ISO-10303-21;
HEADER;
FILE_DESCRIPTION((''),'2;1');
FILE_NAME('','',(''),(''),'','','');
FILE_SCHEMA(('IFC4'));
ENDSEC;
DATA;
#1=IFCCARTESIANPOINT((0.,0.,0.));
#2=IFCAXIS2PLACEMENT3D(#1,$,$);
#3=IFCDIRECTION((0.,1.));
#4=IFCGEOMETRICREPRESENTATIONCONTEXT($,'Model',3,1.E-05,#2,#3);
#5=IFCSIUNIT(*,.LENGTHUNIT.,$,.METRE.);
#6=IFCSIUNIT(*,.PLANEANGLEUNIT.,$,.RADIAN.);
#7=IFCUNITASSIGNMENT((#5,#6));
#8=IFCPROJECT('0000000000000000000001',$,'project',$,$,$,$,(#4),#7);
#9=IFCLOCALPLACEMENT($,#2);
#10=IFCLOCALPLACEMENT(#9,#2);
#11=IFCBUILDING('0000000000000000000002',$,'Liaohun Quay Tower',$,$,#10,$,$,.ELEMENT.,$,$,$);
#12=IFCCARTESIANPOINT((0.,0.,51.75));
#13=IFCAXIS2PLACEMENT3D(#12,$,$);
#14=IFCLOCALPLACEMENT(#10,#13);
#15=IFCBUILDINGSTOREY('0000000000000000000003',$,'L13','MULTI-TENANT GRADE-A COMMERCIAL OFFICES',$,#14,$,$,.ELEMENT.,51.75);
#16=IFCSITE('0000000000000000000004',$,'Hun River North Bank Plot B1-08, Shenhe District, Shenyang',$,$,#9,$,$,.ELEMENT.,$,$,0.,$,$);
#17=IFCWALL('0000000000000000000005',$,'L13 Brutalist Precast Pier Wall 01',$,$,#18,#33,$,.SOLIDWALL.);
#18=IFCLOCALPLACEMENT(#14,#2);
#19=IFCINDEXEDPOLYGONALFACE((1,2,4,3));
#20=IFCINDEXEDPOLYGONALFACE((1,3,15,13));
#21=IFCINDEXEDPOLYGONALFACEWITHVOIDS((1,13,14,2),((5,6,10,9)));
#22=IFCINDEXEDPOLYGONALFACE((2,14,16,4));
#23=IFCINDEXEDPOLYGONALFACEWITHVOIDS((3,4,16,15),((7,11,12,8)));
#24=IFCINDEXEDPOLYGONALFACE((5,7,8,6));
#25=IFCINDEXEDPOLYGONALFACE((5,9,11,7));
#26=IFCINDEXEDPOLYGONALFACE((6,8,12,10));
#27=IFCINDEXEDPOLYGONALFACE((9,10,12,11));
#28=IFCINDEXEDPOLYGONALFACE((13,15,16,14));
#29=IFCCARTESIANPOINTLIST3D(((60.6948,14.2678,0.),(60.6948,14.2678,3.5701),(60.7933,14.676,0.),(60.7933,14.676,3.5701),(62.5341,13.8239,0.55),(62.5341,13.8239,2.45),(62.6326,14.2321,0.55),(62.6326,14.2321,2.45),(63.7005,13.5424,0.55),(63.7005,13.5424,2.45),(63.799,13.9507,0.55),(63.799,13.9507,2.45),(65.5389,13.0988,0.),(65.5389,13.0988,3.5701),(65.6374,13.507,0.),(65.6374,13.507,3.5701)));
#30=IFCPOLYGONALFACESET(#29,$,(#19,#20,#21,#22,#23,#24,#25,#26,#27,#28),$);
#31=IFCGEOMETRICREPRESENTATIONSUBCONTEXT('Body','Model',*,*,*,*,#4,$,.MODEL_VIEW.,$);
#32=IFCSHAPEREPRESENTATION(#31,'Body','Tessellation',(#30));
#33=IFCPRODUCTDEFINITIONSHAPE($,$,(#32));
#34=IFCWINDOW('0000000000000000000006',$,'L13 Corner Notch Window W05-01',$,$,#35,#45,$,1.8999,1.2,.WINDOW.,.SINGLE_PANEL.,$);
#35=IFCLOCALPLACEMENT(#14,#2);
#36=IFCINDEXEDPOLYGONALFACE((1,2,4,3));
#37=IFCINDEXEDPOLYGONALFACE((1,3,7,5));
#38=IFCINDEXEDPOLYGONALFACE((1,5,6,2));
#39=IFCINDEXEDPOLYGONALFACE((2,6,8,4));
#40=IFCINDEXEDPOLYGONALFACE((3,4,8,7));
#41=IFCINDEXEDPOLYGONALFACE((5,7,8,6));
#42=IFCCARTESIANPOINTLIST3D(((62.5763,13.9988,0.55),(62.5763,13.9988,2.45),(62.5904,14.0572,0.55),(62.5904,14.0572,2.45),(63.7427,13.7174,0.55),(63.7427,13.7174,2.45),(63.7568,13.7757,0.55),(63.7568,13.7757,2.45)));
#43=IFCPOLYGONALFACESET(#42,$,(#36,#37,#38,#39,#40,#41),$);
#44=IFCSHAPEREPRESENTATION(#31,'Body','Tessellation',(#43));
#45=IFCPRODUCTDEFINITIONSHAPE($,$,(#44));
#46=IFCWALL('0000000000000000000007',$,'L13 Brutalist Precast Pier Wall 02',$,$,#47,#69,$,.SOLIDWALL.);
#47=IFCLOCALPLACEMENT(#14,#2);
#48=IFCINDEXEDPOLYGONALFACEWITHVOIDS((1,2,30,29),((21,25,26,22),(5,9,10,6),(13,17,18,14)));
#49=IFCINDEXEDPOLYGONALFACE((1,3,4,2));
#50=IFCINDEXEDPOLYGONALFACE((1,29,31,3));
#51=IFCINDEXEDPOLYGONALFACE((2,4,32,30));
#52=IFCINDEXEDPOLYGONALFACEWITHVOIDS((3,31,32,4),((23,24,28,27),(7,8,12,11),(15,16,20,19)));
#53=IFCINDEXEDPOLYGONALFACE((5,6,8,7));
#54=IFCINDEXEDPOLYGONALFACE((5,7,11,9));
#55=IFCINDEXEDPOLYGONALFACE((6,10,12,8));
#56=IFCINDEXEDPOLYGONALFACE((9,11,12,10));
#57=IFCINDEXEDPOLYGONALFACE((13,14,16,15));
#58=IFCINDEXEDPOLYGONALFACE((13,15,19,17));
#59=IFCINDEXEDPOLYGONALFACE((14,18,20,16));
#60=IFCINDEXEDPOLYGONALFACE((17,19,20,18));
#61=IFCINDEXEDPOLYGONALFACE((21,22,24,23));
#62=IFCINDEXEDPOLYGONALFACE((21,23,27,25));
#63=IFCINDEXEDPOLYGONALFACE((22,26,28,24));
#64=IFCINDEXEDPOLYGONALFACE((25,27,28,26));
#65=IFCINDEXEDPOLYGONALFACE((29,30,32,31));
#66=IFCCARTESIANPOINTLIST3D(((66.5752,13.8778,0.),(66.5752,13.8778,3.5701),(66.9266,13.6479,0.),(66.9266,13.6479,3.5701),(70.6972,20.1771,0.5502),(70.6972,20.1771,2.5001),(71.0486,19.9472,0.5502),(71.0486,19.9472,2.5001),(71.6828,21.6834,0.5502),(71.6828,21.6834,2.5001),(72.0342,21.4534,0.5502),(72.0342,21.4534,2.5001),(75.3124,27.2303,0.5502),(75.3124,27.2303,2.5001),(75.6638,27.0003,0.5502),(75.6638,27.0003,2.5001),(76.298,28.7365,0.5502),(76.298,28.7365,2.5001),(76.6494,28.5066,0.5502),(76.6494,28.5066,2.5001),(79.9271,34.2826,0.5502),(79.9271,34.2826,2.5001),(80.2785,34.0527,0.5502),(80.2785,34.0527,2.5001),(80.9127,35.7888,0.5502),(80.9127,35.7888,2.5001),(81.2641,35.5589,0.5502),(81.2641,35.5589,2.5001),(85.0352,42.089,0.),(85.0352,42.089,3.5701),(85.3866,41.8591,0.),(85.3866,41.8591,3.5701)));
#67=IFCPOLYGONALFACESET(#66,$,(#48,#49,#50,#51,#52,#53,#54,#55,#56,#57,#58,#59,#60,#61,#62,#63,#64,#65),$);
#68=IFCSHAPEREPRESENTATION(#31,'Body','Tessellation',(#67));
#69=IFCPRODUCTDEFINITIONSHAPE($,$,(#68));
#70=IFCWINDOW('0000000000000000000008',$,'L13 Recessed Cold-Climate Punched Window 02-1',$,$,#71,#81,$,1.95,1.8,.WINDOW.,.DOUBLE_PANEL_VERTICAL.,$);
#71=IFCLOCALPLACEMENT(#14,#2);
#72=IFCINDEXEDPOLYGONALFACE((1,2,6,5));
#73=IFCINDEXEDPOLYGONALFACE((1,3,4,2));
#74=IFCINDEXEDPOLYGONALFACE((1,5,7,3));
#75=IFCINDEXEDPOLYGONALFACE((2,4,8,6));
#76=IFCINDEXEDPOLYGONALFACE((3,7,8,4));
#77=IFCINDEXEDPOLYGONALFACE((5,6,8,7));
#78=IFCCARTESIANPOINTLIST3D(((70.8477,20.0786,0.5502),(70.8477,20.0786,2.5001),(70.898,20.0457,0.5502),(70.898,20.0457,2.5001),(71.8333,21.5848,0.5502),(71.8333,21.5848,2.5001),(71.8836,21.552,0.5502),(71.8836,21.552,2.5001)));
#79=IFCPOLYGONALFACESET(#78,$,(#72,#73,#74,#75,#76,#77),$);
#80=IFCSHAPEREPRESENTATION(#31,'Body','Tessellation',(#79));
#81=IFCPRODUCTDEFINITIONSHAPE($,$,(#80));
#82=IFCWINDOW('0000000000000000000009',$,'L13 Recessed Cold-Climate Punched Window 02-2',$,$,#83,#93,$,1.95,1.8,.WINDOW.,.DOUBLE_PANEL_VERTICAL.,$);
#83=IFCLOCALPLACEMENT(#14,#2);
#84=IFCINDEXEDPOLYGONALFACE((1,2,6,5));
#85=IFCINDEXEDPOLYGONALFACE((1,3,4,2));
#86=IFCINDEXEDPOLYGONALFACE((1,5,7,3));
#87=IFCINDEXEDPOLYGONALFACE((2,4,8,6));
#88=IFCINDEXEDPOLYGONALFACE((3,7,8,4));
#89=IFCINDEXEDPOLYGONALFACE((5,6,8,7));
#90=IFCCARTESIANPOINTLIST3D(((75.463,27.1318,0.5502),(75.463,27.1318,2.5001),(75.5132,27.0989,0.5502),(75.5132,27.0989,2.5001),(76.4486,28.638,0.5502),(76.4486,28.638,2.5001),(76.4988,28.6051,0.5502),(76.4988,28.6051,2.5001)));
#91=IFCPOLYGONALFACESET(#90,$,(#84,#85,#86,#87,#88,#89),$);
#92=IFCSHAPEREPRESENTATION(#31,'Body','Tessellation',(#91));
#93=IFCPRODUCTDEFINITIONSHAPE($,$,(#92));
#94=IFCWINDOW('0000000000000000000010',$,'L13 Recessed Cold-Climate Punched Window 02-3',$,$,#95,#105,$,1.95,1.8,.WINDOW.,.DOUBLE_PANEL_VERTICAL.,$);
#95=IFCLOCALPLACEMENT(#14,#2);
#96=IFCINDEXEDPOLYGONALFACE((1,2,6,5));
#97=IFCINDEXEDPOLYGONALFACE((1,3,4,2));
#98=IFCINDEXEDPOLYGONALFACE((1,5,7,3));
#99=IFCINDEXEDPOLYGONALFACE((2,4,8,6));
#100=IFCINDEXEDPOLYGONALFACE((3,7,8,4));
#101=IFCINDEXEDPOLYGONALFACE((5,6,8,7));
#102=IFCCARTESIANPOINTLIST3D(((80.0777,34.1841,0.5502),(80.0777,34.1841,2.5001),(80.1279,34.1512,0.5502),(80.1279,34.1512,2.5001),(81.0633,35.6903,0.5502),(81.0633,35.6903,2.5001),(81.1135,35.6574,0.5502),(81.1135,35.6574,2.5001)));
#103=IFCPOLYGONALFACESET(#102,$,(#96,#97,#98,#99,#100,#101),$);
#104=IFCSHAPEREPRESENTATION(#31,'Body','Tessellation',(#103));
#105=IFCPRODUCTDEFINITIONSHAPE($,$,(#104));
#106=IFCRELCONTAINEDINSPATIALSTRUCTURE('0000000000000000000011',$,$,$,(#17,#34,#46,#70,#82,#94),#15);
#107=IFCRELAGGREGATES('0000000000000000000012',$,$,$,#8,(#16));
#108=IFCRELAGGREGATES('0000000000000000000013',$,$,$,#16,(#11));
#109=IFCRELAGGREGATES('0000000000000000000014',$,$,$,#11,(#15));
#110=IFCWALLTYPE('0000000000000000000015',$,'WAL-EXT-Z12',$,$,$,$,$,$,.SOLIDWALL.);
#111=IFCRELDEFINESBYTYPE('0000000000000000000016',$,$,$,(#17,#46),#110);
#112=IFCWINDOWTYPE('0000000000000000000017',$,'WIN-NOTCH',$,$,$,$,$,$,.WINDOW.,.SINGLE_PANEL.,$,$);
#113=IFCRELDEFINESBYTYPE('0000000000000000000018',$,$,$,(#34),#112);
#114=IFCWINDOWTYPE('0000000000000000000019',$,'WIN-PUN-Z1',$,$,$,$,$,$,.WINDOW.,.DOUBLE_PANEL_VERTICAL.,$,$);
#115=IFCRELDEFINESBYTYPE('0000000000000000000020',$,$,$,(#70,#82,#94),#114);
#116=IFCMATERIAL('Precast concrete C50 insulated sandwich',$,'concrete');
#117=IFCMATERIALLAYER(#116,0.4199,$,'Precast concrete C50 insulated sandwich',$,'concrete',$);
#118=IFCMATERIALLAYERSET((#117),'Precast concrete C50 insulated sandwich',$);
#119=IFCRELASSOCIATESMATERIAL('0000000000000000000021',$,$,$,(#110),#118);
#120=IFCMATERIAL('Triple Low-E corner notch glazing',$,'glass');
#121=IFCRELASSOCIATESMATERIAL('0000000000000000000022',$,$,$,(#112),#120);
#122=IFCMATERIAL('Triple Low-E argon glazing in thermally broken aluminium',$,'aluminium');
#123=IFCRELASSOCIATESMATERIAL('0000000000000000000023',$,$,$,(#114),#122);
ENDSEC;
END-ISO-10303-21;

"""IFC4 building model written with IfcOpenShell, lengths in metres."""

from ifc_helpers import new_model, si_unit, direction, frame, frame_2d, origin, place, context, subcontext, project, spatial, rectangle, extrude, source, transform, mapped, material, layer, layer_set, type_object, element, fill, save


model = new_model("IFC4")

# Units and contexts
model_context = context("Model", 3, precision=1e-05, world=origin(), true_north=direction((0.0, 1.0)))
body_context = subcontext(model_context, "Body", "Model", "MODEL_VIEW")
ifc_project = project(units=[si_unit("LENGTHUNIT", "METRE"), si_unit("PLANEANGLEUNIT", "RADIAN")], contexts=[model_context])

# Site, building, storey
site_placement = place(None, origin())
site = spatial("IfcSite", under=ifc_project, at=site_placement, Name="Hun River North Bank Plot B1-08, Shenhe District, Shenyang", CompositionType="ELEMENT", RefElevation=0.0)
building_placement = place(site_placement, origin())
building = spatial("IfcBuilding", under=site, at=building_placement, Name="Liaohun Quay Tower", CompositionType="ELEMENT")
storey_placement = place(building_placement, frame((0.0, 0.0, 51.75)))
storey = spatial("IfcBuildingStorey", under=building, at=storey_placement, Name="L13", Description="MULTI-TENANT GRADE-A COMMERCIAL OFFICES", CompositionType="ELEMENT", Elevation=51.75)

# Wall, opening, window
ifc_material_1 = material(Name="Precast concrete C50 insulated sandwich", Category="concrete")
ifc_layer_1 = layer(ifc_material_1, 0.4199, Name="Precast concrete C50 insulated sandwich", Category="concrete")
ifc_layer_set_1 = layer_set([ifc_layer_1], Name="Precast concrete C50 insulated sandwich")
wall_type_1 = type_object("IfcWallType", Name="WAL-EXT-Z12", PredefinedType="SOLIDWALL", material=ifc_layer_set_1)
wall_1_placement = place(storey_placement, frame((60.7439, 14.4719, 0.0), z_axis=(0.0, 0.0, 1.0), x_axis=(0.972096, -0.234585, 0.0)))
wall_1 = element("IfcWall", 1, at=wall_1_placement, inside=storey, type_object=wall_type_1, Name="L13 Brutalist Precast Pier Wall 01", PredefinedType="SOLIDWALL", context=body_context, shape_type="SweptSolid", body=[
    extrude(rectangle(XDim=4.9832, YDim=0.4199, at=frame_2d((2.4917, 0.0))), origin(), (0.0, 0.0, 1.0), 3.5701),
])
shared_shape_1 = source(origin(), body_context, "Body", "SweptSolid", [
    extrude(rectangle(XDim=1.2, YDim=1.8999, at=frame_2d((0.6001, 0.95))), frame((0.0, 0.22, 0.0), z_axis=(0.0, -1.0, 0.0), x_axis=(1.0, 0.0, 0.0)), (0.0, 0.0, 1.0), 0.4399),
])
opening_1_placement = place(wall_1_placement, frame((1.8921, 0.0, 0.55)))
opening_1 = element("IfcOpeningElement", 2, at=opening_1_placement, cuts=wall_1, PredefinedType="OPENING", context=body_context, shape_type="MappedRepresentation", body=[
    mapped(shared_shape_1, transform((0.0, 0.0, 0.0), x_axis=(1.0, 0.0, 0.0), y_axis=(0.0, 1.0, 0.0), z_axis=(0.0, 0.0, 1.0), scale=1.0)),
])
ifc_material_2 = material(Name="Triple Low-E corner notch glazing", Category="glass")
window_type_1 = type_object("IfcWindowType", Name="WIN-NOTCH", PartitioningType="SINGLE_PANEL", PredefinedType="WINDOW", material=ifc_material_2)
shared_shape_2 = source(origin(), body_context, "Body", "SweptSolid", [
    extrude(rectangle(XDim=1.2, YDim=1.8999, at=frame_2d((0.6001, 0.95))), frame((0.0, 0.03, 0.0), z_axis=(0.0, -1.0, 0.0), x_axis=(1.0, 0.0, 0.0)), (0.0, 0.0, 1.0), 0.0601),
])
window_1_placement = place(opening_1_placement, origin())
window_1 = element("IfcWindow", 3, at=window_1_placement, inside=storey, type_object=window_type_1, Name="L13 Corner Notch Window W05-01", OverallHeight=1.8999, OverallWidth=1.2, PartitioningType="SINGLE_PANEL", PredefinedType="WINDOW", context=body_context, shape_type="MappedRepresentation", body=[
    mapped(shared_shape_2, transform((0.0, 0.0, 0.0), x_axis=(1.0, 0.0, 0.0), y_axis=(0.0, 1.0, 0.0), z_axis=(0.0, 0.0, 1.0), scale=1.0)),
])
fill(opening_1, window_1)

# Wall, openings, windows
wall_2_placement = place(storey_placement, frame((66.751, 13.7629, 0.0), z_axis=(0.0, 0.0, 1.0), x_axis=(0.547544, 0.836777, 0.0)))
wall_2 = element("IfcWall", 4, at=wall_2_placement, inside=storey, type_object=wall_type_1, Name="L13 Brutalist Precast Pier Wall 02", PredefinedType="SOLIDWALL", context=body_context, shape_type="SweptSolid", body=[
    extrude(rectangle(XDim=33.7141, YDim=0.4199, at=frame_2d((16.8569, 0.0))), origin(), (0.0, 0.0, 1.0), 3.5701),
])
shared_shape_3 = source(origin(), body_context, "Body", "SweptSolid", [
    extrude(rectangle(XDim=1.8, YDim=1.95, at=frame_2d((0.8999, 0.9751))), frame((0.0, 0.22, 0.0), z_axis=(0.0, -1.0, 0.0), x_axis=(1.0, 0.0, 0.0)), (0.0, 0.0, 1.0), 0.4399),
])
opening_2_placement = place(wall_2_placement, frame((7.5281, 0.0, 0.55)))
opening_2 = element("IfcOpeningElement", 5, at=opening_2_placement, cuts=wall_2, PredefinedType="OPENING", context=body_context, shape_type="MappedRepresentation", body=[
    mapped(shared_shape_3, transform((0.0, 0.0, 0.0), x_axis=(1.0, 0.0, 0.0), y_axis=(0.0, 1.0, 0.0), z_axis=(0.0, 0.0, 1.0), scale=1.0)),
])
opening_3_placement = place(wall_2_placement, frame((15.957, 0.0, 0.55)))
opening_3 = element("IfcOpeningElement", 6, at=opening_3_placement, cuts=wall_2, PredefinedType="OPENING", context=body_context, shape_type="MappedRepresentation", body=[
    mapped(shared_shape_3, transform((0.0, 0.0, 0.0), x_axis=(1.0, 0.0, 0.0), y_axis=(0.0, 1.0, 0.0), z_axis=(0.0, 0.0, 1.0), scale=1.0)),
])
opening_4_placement = place(wall_2_placement, frame((24.385, 0.0, 0.55)))
opening_4 = element("IfcOpeningElement", 7, at=opening_4_placement, cuts=wall_2, PredefinedType="OPENING", context=body_context, shape_type="MappedRepresentation", body=[
    mapped(shared_shape_3, transform((0.0, 0.0, 0.0), x_axis=(1.0, 0.0, 0.0), y_axis=(0.0, 1.0, 0.0), z_axis=(0.0, 0.0, 1.0), scale=1.0)),
])
ifc_material_3 = material(Name="Triple Low-E argon glazing in thermally broken aluminium", Category="aluminium")
window_type_2 = type_object("IfcWindowType", Name="WIN-PUN-Z1", PartitioningType="DOUBLE_PANEL_VERTICAL", PredefinedType="WINDOW", material=ifc_material_3)
shared_shape_4 = source(origin(), body_context, "Body", "SweptSolid", [
    extrude(rectangle(XDim=1.8, YDim=1.95, at=frame_2d((0.8999, 0.9751))), frame((0.0, 0.03, 0.0), z_axis=(0.0, -1.0, 0.0), x_axis=(1.0, 0.0, 0.0)), (0.0, 0.0, 1.0), 0.0601),
])
window_2_placement = place(opening_2_placement, origin())
window_2 = element("IfcWindow", 8, at=window_2_placement, inside=storey, type_object=window_type_2, Name="L13 Recessed Cold-Climate Punched Window 02-1", OverallHeight=1.95, OverallWidth=1.8, PartitioningType="DOUBLE_PANEL_VERTICAL", PredefinedType="WINDOW", context=body_context, shape_type="MappedRepresentation", body=[
    mapped(shared_shape_4, transform((0.0, 0.0, 0.0), x_axis=(1.0, 0.0, 0.0), y_axis=(0.0, 1.0, 0.0), z_axis=(0.0, 0.0, 1.0), scale=1.0)),
])
fill(opening_2, window_2)
window_3_placement = place(opening_3_placement, origin())
window_3 = element("IfcWindow", 9, at=window_3_placement, inside=storey, type_object=window_type_2, Name="L13 Recessed Cold-Climate Punched Window 02-2", OverallHeight=1.95, OverallWidth=1.8, PartitioningType="DOUBLE_PANEL_VERTICAL", PredefinedType="WINDOW", context=body_context, shape_type="MappedRepresentation", body=[
    mapped(shared_shape_4, transform((0.0, 0.0, 0.0), x_axis=(1.0, 0.0, 0.0), y_axis=(0.0, 1.0, 0.0), z_axis=(0.0, 0.0, 1.0), scale=1.0)),
])
fill(opening_3, window_3)
window_4_placement = place(opening_4_placement, origin())
window_4 = element("IfcWindow", 10, at=window_4_placement, inside=storey, type_object=window_type_2, Name="L13 Recessed Cold-Climate Punched Window 02-3", OverallHeight=1.95, OverallWidth=1.8, PartitioningType="DOUBLE_PANEL_VERTICAL", PredefinedType="WINDOW", context=body_context, shape_type="MappedRepresentation", body=[
    mapped(shared_shape_4, transform((0.0, 0.0, 0.0), x_axis=(1.0, 0.0, 0.0), y_axis=(0.0, 1.0, 0.0), z_axis=(0.0, 0.0, 1.0), scale=1.0)),
])
fill(opening_4, window_4)

save(model, "model.ifc")
